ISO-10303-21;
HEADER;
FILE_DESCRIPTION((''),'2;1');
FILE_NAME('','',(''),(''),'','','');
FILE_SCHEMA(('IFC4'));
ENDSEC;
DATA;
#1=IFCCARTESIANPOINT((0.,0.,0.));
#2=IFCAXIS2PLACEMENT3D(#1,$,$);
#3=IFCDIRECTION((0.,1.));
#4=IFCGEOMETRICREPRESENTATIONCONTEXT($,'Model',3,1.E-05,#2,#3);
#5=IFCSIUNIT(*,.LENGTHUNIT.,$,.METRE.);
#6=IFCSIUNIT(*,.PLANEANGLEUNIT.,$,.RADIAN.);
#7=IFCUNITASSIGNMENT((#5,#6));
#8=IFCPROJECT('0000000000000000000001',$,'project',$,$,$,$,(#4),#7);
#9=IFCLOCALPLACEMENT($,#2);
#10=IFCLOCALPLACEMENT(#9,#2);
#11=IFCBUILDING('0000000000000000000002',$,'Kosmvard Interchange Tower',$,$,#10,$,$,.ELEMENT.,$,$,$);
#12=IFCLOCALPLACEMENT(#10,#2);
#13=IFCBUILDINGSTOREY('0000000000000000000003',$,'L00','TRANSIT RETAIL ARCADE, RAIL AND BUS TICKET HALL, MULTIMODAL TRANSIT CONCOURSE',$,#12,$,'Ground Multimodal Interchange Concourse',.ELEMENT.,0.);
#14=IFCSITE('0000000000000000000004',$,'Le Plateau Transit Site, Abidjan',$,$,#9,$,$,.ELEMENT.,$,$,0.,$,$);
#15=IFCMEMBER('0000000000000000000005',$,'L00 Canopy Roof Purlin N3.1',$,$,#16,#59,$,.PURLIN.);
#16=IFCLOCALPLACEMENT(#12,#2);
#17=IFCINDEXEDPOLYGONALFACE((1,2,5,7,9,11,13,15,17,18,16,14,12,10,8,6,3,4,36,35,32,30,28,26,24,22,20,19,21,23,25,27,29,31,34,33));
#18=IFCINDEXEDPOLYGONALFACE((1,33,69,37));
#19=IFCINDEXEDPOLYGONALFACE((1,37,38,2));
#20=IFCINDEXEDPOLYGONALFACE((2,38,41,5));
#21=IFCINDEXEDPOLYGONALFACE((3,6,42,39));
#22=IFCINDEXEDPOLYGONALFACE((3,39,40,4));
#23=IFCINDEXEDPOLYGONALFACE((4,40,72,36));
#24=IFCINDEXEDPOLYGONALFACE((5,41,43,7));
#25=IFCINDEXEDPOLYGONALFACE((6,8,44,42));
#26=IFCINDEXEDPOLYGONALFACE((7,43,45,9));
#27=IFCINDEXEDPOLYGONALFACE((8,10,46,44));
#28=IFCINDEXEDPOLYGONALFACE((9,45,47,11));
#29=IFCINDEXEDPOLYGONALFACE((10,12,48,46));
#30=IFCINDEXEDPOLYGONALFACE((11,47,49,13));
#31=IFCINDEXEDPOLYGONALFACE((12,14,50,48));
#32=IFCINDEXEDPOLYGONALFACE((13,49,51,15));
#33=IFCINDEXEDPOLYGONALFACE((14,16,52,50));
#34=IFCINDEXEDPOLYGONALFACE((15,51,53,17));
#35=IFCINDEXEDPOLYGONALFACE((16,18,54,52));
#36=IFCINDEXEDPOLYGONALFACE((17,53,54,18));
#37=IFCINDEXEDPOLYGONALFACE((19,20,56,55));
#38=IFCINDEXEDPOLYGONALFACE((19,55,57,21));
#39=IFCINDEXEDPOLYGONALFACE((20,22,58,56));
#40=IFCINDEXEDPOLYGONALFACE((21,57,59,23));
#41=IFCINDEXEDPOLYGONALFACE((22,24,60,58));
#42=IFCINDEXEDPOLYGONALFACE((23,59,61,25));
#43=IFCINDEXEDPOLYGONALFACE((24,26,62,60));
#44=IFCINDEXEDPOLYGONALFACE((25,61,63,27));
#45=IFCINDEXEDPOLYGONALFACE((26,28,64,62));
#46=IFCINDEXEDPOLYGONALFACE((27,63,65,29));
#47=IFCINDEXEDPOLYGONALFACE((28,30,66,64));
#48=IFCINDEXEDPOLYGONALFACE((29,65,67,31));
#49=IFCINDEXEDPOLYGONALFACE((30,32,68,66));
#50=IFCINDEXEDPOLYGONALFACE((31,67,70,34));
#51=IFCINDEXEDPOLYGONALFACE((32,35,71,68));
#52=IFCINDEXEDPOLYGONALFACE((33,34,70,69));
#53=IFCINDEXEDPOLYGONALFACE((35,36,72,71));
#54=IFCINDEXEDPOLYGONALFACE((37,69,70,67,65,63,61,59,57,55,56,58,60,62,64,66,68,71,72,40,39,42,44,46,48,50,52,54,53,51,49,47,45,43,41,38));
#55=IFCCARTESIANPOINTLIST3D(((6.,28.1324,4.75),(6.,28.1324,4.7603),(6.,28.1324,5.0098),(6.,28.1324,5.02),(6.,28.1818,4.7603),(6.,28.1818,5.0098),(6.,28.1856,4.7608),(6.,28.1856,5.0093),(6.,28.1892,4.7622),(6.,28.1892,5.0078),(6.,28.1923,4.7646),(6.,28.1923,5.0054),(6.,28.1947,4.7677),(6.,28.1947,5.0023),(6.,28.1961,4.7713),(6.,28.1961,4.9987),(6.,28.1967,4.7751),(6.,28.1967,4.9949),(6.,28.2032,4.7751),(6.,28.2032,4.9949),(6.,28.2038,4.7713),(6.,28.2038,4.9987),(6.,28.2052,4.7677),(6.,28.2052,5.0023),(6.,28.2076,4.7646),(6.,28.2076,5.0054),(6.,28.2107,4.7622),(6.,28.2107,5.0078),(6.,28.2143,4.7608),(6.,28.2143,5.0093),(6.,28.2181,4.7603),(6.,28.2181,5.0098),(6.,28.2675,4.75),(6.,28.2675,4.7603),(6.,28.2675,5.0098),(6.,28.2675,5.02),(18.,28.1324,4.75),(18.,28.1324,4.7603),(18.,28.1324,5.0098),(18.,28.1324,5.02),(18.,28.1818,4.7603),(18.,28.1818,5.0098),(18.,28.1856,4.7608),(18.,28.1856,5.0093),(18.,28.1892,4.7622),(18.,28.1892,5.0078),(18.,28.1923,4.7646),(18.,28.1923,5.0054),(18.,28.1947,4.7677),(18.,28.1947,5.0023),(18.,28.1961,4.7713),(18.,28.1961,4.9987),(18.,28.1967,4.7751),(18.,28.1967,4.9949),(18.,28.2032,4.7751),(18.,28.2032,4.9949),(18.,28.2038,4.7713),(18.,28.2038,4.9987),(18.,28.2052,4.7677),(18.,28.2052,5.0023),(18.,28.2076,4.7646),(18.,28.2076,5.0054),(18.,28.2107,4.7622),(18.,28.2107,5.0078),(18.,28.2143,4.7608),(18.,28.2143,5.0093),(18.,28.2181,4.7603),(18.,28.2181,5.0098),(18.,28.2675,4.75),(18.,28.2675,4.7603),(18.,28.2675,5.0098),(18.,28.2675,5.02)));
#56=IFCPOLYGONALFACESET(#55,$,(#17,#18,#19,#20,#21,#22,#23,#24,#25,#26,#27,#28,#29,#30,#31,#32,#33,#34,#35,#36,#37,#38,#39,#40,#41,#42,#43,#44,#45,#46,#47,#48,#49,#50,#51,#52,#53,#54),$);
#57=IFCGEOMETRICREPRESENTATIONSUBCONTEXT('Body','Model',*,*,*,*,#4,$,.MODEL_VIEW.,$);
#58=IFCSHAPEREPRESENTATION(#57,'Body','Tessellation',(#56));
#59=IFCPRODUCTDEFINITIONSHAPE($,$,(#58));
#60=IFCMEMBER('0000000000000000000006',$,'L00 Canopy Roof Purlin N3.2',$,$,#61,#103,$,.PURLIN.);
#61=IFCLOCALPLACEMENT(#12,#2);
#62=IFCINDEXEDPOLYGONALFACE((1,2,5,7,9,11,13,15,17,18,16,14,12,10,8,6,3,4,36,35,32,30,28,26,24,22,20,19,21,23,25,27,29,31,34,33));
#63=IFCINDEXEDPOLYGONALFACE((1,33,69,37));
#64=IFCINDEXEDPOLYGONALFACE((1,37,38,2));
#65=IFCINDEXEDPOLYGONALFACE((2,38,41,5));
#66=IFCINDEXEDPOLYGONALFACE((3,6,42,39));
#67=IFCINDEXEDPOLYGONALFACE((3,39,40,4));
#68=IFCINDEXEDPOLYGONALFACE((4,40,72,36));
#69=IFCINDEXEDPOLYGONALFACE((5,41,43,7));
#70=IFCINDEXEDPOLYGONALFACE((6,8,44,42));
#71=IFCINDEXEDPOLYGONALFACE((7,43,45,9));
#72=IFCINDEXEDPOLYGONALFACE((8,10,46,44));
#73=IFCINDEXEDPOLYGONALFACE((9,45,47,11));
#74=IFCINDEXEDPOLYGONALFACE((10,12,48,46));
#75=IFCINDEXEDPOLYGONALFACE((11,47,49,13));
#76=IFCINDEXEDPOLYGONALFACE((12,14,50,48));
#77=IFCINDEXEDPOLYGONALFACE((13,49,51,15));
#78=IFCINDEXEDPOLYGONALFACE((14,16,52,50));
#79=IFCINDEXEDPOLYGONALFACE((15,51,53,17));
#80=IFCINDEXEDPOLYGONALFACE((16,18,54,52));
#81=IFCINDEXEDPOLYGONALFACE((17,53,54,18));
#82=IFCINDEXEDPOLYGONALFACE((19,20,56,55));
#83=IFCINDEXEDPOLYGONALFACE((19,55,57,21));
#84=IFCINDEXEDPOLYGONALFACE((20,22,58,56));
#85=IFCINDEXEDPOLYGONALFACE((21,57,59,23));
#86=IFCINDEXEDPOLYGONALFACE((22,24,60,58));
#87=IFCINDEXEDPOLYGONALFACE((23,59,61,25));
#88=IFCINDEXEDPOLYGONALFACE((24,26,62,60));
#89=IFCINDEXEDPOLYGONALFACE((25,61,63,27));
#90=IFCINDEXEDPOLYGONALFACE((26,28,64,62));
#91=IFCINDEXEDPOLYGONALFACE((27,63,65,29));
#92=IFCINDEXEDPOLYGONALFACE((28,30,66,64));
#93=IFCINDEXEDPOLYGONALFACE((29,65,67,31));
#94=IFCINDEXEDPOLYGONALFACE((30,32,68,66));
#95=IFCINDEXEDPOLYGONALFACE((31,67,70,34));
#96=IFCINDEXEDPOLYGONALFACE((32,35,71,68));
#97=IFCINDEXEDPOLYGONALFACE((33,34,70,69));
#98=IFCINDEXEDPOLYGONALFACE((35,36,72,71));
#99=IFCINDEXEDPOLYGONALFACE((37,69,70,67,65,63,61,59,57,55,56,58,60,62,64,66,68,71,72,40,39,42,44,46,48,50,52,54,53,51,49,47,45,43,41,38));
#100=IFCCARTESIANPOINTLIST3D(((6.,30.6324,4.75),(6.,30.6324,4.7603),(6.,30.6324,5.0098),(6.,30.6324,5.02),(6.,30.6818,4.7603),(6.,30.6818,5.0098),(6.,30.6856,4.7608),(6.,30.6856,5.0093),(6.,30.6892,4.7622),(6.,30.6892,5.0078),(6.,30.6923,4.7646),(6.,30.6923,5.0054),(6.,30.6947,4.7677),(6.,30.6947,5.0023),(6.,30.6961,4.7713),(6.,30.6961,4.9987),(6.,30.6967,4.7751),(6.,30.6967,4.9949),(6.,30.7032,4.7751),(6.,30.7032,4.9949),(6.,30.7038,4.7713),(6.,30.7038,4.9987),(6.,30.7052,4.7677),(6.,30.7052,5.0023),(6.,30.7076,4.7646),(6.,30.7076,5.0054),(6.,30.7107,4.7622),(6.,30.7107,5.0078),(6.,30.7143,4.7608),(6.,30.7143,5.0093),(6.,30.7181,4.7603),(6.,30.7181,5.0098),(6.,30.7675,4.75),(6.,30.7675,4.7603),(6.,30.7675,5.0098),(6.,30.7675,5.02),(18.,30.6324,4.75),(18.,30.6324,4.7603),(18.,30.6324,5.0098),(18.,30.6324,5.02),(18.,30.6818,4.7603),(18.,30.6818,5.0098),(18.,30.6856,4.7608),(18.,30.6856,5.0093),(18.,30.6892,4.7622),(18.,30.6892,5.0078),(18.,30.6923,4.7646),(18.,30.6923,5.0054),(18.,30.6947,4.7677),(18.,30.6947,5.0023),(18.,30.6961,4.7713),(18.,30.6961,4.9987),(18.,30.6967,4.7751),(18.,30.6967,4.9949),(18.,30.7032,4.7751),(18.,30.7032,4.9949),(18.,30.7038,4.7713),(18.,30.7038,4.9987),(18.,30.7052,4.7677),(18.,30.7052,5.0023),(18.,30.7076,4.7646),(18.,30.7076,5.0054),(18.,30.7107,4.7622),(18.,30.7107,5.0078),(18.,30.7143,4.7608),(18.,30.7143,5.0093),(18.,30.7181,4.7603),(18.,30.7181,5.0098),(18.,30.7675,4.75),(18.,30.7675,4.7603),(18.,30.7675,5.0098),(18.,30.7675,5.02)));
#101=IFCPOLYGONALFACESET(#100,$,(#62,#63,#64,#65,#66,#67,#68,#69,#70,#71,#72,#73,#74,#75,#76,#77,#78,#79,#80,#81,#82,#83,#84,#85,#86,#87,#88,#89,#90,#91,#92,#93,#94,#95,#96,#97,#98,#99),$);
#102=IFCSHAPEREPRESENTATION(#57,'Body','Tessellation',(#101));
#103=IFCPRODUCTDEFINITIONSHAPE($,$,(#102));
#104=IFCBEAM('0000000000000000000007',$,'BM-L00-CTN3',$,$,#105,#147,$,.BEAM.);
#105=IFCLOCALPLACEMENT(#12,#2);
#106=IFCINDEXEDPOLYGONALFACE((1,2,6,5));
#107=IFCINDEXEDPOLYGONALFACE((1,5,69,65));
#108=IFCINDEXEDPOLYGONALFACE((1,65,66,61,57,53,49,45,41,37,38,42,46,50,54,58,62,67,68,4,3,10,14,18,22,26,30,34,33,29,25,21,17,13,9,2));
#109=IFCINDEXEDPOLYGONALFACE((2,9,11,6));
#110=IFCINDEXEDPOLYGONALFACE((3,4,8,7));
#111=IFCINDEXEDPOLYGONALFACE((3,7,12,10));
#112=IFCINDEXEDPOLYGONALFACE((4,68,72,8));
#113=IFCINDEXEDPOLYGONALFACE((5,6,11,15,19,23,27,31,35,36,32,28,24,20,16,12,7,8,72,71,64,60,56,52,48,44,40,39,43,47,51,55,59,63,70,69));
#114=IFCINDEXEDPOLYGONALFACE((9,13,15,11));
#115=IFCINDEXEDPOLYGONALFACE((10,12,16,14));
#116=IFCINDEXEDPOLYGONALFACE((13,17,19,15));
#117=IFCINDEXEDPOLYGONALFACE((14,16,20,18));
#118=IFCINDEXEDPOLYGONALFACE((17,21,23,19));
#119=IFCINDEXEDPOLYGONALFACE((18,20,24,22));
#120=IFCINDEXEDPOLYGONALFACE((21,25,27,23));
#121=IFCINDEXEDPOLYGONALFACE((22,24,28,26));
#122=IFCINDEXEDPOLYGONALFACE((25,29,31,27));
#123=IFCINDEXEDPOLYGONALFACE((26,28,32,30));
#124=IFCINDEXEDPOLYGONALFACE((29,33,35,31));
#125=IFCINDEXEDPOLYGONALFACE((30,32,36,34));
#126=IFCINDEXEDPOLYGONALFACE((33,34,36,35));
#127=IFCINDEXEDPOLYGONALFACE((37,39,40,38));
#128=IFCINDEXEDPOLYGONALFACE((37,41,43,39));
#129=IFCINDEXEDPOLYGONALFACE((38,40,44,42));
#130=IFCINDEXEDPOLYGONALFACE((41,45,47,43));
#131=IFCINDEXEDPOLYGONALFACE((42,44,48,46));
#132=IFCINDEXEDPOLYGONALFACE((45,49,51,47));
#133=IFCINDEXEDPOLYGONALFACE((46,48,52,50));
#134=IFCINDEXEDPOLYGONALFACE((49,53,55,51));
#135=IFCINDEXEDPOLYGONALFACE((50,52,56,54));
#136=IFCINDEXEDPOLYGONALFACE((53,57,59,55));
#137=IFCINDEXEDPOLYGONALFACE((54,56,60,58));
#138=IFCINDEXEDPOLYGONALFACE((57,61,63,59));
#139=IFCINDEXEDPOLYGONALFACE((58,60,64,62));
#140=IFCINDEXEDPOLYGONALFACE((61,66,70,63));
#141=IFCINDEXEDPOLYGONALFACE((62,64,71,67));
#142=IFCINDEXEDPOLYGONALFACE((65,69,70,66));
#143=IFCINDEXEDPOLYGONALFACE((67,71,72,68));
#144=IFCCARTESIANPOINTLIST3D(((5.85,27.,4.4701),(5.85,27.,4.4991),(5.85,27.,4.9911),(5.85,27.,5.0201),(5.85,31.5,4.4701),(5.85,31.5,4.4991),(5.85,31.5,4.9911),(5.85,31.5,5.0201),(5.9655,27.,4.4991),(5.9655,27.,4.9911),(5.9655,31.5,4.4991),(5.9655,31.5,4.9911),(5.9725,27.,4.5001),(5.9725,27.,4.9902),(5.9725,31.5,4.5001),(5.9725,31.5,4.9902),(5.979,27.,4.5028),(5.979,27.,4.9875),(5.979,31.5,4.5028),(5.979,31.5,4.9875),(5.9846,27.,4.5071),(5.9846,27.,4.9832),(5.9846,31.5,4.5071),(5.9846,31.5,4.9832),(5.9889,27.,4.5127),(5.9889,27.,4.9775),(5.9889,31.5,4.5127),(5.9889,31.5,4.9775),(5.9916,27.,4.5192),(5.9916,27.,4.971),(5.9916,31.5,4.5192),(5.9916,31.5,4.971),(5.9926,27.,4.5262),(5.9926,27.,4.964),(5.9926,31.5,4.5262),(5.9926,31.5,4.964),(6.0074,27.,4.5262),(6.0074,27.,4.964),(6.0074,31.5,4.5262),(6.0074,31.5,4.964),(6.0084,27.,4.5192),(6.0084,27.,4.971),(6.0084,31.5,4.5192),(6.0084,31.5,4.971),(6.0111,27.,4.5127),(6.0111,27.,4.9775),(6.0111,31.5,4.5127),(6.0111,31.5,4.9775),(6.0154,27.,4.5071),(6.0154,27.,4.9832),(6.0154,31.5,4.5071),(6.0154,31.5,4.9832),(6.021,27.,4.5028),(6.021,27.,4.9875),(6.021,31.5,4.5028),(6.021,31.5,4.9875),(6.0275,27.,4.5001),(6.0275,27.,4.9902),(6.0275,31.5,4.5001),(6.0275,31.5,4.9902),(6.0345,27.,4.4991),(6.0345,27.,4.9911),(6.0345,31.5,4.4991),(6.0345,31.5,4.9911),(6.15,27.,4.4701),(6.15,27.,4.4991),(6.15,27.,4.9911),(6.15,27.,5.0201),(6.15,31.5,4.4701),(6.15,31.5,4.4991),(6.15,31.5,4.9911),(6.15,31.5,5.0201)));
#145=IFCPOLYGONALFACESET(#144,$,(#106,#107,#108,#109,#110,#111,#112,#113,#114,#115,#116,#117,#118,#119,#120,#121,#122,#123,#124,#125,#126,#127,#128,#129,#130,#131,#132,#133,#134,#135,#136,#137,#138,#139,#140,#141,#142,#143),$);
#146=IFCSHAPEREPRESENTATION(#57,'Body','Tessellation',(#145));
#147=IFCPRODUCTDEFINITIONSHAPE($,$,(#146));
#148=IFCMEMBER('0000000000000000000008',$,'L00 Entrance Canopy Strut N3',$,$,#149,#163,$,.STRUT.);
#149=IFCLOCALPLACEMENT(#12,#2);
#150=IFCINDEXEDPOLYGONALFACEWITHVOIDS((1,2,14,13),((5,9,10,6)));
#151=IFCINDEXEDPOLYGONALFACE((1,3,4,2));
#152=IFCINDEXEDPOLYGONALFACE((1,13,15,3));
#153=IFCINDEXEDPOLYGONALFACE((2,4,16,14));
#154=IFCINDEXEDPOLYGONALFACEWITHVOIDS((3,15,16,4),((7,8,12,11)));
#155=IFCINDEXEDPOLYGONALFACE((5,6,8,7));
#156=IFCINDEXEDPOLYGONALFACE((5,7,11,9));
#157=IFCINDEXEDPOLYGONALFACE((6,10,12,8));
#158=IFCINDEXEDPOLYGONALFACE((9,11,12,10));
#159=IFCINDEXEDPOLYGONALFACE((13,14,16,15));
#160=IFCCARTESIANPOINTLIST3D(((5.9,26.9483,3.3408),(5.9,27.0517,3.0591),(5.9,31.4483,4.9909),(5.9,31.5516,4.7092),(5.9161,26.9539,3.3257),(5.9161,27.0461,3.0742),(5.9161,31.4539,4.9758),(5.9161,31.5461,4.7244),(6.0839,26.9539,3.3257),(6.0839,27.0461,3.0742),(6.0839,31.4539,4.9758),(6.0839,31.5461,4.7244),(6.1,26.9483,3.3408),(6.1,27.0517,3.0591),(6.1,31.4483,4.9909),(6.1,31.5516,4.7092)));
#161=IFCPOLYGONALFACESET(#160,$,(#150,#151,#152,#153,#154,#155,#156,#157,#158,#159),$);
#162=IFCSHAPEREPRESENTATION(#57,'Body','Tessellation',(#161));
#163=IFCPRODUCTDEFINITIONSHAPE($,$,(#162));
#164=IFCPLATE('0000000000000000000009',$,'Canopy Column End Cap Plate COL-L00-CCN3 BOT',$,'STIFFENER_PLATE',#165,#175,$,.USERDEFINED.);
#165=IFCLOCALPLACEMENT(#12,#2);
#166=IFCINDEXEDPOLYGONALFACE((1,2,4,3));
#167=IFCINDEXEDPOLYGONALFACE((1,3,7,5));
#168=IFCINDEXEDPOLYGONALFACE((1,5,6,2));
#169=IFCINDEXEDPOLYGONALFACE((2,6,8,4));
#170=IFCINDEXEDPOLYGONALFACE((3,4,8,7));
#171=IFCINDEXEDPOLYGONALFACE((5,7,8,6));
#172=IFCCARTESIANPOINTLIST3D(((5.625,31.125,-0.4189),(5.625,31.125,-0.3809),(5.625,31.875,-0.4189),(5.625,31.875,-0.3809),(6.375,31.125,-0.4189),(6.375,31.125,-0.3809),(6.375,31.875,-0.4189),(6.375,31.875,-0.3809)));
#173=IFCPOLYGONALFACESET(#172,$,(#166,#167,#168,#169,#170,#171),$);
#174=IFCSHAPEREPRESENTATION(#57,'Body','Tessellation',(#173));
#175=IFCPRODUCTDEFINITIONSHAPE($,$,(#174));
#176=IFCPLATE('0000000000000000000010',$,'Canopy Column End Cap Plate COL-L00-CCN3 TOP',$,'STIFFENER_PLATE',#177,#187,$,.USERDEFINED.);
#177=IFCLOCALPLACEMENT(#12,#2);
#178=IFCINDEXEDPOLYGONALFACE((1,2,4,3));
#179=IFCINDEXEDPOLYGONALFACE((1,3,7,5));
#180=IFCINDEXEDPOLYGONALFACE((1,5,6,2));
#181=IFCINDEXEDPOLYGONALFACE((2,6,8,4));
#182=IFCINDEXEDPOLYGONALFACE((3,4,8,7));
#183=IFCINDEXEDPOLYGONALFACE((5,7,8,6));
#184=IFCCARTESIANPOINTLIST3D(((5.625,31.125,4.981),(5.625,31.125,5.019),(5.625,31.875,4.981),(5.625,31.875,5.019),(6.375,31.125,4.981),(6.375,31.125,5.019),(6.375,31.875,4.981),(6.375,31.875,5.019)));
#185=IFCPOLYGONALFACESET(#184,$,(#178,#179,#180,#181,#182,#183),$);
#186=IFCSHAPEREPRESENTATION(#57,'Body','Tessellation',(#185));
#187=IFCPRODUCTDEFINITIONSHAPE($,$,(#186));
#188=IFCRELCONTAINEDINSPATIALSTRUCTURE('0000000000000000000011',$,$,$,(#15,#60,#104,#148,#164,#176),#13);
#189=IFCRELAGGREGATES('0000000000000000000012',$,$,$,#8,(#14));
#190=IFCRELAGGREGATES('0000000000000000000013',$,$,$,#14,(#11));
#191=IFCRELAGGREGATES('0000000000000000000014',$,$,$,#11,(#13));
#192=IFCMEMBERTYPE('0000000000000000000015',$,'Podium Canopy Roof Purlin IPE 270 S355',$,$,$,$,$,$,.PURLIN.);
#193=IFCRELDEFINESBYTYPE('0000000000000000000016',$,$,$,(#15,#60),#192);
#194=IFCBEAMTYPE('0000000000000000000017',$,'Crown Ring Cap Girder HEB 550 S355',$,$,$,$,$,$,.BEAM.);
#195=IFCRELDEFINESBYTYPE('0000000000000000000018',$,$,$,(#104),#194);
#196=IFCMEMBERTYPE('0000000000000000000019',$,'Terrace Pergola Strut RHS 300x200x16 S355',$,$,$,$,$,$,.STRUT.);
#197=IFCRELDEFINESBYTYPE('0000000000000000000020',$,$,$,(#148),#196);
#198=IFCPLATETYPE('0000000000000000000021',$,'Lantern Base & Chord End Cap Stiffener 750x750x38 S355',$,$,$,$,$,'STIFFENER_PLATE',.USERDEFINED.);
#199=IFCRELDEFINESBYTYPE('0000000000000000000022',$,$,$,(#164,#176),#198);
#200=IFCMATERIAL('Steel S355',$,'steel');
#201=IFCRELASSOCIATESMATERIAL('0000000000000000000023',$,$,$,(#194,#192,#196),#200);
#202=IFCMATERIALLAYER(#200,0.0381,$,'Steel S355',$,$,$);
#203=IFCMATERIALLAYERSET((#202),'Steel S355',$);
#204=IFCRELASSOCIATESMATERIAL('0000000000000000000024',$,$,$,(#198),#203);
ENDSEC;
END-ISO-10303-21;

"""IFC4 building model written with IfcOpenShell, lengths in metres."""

from ifc_helpers import new_model, si_unit, direction, frame, origin, origin_2d, place, context, subcontext, project, spatial, rectangle, hollow_rectangle, i_section, extrude, source, transform, mapped, material, layer, layer_set, material_profile, profile_set, type_object, element, save


model = new_model("IFC4")

# Units and contexts
model_context = context("Model", 3, precision=1e-05, world=origin(), true_north=direction((0.0, 1.0)))
body_context = subcontext(model_context, "Body", "Model", "MODEL_VIEW")
ifc_project = project(units=[si_unit("LENGTHUNIT", "METRE"), si_unit("PLANEANGLEUNIT", "RADIAN")], contexts=[model_context])

# Site, building, storey
site_placement = place(None, origin())
site = spatial("IfcSite", under=ifc_project, at=site_placement, Name="Le Plateau Transit Site, Abidjan", CompositionType="ELEMENT", RefElevation=0.0)
building_placement = place(site_placement, origin())
building = spatial("IfcBuilding", under=site, at=building_placement, Name="Kosmvard Interchange Tower", CompositionType="ELEMENT")
storey_placement = place(building_placement, origin())
storey = spatial("IfcBuildingStorey", under=building, at=storey_placement, Name="L00", Description="TRANSIT RETAIL ARCADE, RAIL AND BUS TICKET HALL, MULTIMODAL TRANSIT CONCOURSE", LongName="Ground Multimodal Interchange Concourse", CompositionType="ELEMENT", Elevation=0.0)

# Shared definitions
ifc_material_1 = material(Name="Steel S355", Category="steel")

# Shared definitions
ifc_material_profile_1 = material_profile(ifc_material_1, i_section(OverallWidth=0.3, OverallDepth=0.55, WebThickness=0.0149, FlangeThickness=0.0291, FilletRadius=0.0271, at=origin_2d()), Name="HEB 550")
ifc_profile_set_1 = profile_set([ifc_material_profile_1], Name="Steel S355")
beam_type_1 = type_object("IfcBeamType", Name="Crown Ring Cap Girder HEB 550 S355", PredefinedType="BEAM", material=ifc_profile_set_1)

# Members
ifc_material_profile_2 = material_profile(ifc_material_1, i_section(OverallWidth=0.135, OverallDepth=0.27, WebThickness=0.0066, FlangeThickness=0.0103, FilletRadius=0.0149, at=origin_2d()), Name="IPE 270")
ifc_profile_set_2 = profile_set([ifc_material_profile_2], Name="Steel S355")
member_type_1 = type_object("IfcMemberType", Name="Podium Canopy Roof Purlin IPE 270 S355", PredefinedType="PURLIN", material=ifc_profile_set_2)
shared_shape_1 = source(origin(), body_context, "Body", "SweptSolid", [
    extrude(i_section(OverallWidth=0.135, OverallDepth=0.27, WebThickness=0.0066, FlangeThickness=0.0103, FilletRadius=0.0149, at=origin_2d()), origin(), (0.0, 0.0, 1.0), 12.0),
])
for number, where, z_axis, x_axis, name in (
    (1, (6.0, 28.2, 4.885), (1.0, 0.0, 0.0), (0.0, 1.0, 0.0), "L00 Canopy Roof Purlin N3.1"),
    (2, (6.0, 30.7, 4.885), (1.0, 0.0, 0.0), (0.0, 1.0, 0.0), "L00 Canopy Roof Purlin N3.2"),
):
    element("IfcMember", number, at=place(storey_placement, frame(where, z_axis=z_axis, x_axis=x_axis)), inside=storey, type_object=member_type_1, Name=name, PredefinedType="PURLIN", context=body_context, shape_type="MappedRepresentation", body=[
        mapped(shared_shape_1, transform((0.0, 0.0, 0.0), scale=1.0)),
    ])

# Beam
shared_shape_2 = source(origin(), body_context, "Body", "SweptSolid", [
    extrude(i_section(OverallWidth=0.3, OverallDepth=0.55, WebThickness=0.0149, FlangeThickness=0.0291, FilletRadius=0.0271, at=origin_2d()), origin(), (0.0, 0.0, 1.0), 4.5),
])
beam_1_placement = place(storey_placement, frame((6.0, 27.0, 4.7451), z_axis=(0.0, 1.0, 0.0), x_axis=(-1.0, 0.0, 0.0)))
element("IfcBeam", 3, at=beam_1_placement, inside=storey, type_object=beam_type_1, Name="BM-L00-CTN3", PredefinedType="BEAM", context=body_context, shape_type="MappedRepresentation", body=[
    mapped(shared_shape_2, transform((0.0, 0.0, 0.0), scale=1.0)),
])

# Member
ifc_material_profile_3 = material_profile(ifc_material_1, hollow_rectangle(XDim=0.2, YDim=0.3, WallThickness=0.0161, at=origin_2d()), Name="RHS 300x200x16")
ifc_profile_set_3 = profile_set([ifc_material_profile_3], Name="Steel S355")
member_type_2 = type_object("IfcMemberType", Name="Terrace Pergola Strut RHS 300x200x16 S355", PredefinedType="STRUT", material=ifc_profile_set_3)
shared_shape_3 = source(origin(), body_context, "Body", "SweptSolid", [
    extrude(hollow_rectangle(XDim=0.2, YDim=0.3, WallThickness=0.0161, at=origin_2d()), origin(), (0.0, 0.0, 1.0), 4.793),
])
member_placement = place(storey_placement, frame((6.0, 27.0, 3.2), z_axis=(0.0, 0.938866, 0.344282), x_axis=(-1.0, 0.0, 0.0)))
element("IfcMember", 4, at=member_placement, inside=storey, type_object=member_type_2, Name="L00 Entrance Canopy Strut N3", PredefinedType="STRUT", context=body_context, shape_type="MappedRepresentation", body=[
    mapped(shared_shape_3, transform((0.0, 0.0, 0.0), scale=1.0)),
])

# Plates
ifc_layer_1 = layer(ifc_material_1, 0.0381, Name="Steel S355")
ifc_layer_set_1 = layer_set([ifc_layer_1], Name="Steel S355")
plate_type = type_object("IfcPlateType", Name="Lantern Base & Chord End Cap Stiffener 750x750x38 S355", ElementType="STIFFENER_PLATE", PredefinedType="USERDEFINED", material=ifc_layer_set_1)
shared_shape_4 = source(origin(), body_context, "Body", "SweptSolid", [
    extrude(rectangle(XDim=0.75, YDim=0.75, at=origin_2d()), origin(), (0.0, 0.0, 1.0), 0.0381),
])
for number, where, z_axis, x_axis, name in (
    (5, (6.0, 31.5, -0.4189), (0.0, 0.0, 1.0), (1.0, 0.0, 0.0), "Canopy Column End Cap Plate COL-L00-CCN3 BOT"),
    (6, (6.0, 31.5, 4.981), (0.0, 0.0, 1.0), (1.0, 0.0, 0.0), "Canopy Column End Cap Plate COL-L00-CCN3 TOP"),
):
    element("IfcPlate", number, at=place(storey_placement, frame(where, z_axis=z_axis, x_axis=x_axis)), inside=storey, type_object=plate_type, Name=name, ObjectType="STIFFENER_PLATE", PredefinedType="USERDEFINED", context=body_context, shape_type="MappedRepresentation", body=[
        mapped(shared_shape_4, transform((0.0, 0.0, 0.0), scale=1.0)),
    ])

save(model, "model.ifc")
